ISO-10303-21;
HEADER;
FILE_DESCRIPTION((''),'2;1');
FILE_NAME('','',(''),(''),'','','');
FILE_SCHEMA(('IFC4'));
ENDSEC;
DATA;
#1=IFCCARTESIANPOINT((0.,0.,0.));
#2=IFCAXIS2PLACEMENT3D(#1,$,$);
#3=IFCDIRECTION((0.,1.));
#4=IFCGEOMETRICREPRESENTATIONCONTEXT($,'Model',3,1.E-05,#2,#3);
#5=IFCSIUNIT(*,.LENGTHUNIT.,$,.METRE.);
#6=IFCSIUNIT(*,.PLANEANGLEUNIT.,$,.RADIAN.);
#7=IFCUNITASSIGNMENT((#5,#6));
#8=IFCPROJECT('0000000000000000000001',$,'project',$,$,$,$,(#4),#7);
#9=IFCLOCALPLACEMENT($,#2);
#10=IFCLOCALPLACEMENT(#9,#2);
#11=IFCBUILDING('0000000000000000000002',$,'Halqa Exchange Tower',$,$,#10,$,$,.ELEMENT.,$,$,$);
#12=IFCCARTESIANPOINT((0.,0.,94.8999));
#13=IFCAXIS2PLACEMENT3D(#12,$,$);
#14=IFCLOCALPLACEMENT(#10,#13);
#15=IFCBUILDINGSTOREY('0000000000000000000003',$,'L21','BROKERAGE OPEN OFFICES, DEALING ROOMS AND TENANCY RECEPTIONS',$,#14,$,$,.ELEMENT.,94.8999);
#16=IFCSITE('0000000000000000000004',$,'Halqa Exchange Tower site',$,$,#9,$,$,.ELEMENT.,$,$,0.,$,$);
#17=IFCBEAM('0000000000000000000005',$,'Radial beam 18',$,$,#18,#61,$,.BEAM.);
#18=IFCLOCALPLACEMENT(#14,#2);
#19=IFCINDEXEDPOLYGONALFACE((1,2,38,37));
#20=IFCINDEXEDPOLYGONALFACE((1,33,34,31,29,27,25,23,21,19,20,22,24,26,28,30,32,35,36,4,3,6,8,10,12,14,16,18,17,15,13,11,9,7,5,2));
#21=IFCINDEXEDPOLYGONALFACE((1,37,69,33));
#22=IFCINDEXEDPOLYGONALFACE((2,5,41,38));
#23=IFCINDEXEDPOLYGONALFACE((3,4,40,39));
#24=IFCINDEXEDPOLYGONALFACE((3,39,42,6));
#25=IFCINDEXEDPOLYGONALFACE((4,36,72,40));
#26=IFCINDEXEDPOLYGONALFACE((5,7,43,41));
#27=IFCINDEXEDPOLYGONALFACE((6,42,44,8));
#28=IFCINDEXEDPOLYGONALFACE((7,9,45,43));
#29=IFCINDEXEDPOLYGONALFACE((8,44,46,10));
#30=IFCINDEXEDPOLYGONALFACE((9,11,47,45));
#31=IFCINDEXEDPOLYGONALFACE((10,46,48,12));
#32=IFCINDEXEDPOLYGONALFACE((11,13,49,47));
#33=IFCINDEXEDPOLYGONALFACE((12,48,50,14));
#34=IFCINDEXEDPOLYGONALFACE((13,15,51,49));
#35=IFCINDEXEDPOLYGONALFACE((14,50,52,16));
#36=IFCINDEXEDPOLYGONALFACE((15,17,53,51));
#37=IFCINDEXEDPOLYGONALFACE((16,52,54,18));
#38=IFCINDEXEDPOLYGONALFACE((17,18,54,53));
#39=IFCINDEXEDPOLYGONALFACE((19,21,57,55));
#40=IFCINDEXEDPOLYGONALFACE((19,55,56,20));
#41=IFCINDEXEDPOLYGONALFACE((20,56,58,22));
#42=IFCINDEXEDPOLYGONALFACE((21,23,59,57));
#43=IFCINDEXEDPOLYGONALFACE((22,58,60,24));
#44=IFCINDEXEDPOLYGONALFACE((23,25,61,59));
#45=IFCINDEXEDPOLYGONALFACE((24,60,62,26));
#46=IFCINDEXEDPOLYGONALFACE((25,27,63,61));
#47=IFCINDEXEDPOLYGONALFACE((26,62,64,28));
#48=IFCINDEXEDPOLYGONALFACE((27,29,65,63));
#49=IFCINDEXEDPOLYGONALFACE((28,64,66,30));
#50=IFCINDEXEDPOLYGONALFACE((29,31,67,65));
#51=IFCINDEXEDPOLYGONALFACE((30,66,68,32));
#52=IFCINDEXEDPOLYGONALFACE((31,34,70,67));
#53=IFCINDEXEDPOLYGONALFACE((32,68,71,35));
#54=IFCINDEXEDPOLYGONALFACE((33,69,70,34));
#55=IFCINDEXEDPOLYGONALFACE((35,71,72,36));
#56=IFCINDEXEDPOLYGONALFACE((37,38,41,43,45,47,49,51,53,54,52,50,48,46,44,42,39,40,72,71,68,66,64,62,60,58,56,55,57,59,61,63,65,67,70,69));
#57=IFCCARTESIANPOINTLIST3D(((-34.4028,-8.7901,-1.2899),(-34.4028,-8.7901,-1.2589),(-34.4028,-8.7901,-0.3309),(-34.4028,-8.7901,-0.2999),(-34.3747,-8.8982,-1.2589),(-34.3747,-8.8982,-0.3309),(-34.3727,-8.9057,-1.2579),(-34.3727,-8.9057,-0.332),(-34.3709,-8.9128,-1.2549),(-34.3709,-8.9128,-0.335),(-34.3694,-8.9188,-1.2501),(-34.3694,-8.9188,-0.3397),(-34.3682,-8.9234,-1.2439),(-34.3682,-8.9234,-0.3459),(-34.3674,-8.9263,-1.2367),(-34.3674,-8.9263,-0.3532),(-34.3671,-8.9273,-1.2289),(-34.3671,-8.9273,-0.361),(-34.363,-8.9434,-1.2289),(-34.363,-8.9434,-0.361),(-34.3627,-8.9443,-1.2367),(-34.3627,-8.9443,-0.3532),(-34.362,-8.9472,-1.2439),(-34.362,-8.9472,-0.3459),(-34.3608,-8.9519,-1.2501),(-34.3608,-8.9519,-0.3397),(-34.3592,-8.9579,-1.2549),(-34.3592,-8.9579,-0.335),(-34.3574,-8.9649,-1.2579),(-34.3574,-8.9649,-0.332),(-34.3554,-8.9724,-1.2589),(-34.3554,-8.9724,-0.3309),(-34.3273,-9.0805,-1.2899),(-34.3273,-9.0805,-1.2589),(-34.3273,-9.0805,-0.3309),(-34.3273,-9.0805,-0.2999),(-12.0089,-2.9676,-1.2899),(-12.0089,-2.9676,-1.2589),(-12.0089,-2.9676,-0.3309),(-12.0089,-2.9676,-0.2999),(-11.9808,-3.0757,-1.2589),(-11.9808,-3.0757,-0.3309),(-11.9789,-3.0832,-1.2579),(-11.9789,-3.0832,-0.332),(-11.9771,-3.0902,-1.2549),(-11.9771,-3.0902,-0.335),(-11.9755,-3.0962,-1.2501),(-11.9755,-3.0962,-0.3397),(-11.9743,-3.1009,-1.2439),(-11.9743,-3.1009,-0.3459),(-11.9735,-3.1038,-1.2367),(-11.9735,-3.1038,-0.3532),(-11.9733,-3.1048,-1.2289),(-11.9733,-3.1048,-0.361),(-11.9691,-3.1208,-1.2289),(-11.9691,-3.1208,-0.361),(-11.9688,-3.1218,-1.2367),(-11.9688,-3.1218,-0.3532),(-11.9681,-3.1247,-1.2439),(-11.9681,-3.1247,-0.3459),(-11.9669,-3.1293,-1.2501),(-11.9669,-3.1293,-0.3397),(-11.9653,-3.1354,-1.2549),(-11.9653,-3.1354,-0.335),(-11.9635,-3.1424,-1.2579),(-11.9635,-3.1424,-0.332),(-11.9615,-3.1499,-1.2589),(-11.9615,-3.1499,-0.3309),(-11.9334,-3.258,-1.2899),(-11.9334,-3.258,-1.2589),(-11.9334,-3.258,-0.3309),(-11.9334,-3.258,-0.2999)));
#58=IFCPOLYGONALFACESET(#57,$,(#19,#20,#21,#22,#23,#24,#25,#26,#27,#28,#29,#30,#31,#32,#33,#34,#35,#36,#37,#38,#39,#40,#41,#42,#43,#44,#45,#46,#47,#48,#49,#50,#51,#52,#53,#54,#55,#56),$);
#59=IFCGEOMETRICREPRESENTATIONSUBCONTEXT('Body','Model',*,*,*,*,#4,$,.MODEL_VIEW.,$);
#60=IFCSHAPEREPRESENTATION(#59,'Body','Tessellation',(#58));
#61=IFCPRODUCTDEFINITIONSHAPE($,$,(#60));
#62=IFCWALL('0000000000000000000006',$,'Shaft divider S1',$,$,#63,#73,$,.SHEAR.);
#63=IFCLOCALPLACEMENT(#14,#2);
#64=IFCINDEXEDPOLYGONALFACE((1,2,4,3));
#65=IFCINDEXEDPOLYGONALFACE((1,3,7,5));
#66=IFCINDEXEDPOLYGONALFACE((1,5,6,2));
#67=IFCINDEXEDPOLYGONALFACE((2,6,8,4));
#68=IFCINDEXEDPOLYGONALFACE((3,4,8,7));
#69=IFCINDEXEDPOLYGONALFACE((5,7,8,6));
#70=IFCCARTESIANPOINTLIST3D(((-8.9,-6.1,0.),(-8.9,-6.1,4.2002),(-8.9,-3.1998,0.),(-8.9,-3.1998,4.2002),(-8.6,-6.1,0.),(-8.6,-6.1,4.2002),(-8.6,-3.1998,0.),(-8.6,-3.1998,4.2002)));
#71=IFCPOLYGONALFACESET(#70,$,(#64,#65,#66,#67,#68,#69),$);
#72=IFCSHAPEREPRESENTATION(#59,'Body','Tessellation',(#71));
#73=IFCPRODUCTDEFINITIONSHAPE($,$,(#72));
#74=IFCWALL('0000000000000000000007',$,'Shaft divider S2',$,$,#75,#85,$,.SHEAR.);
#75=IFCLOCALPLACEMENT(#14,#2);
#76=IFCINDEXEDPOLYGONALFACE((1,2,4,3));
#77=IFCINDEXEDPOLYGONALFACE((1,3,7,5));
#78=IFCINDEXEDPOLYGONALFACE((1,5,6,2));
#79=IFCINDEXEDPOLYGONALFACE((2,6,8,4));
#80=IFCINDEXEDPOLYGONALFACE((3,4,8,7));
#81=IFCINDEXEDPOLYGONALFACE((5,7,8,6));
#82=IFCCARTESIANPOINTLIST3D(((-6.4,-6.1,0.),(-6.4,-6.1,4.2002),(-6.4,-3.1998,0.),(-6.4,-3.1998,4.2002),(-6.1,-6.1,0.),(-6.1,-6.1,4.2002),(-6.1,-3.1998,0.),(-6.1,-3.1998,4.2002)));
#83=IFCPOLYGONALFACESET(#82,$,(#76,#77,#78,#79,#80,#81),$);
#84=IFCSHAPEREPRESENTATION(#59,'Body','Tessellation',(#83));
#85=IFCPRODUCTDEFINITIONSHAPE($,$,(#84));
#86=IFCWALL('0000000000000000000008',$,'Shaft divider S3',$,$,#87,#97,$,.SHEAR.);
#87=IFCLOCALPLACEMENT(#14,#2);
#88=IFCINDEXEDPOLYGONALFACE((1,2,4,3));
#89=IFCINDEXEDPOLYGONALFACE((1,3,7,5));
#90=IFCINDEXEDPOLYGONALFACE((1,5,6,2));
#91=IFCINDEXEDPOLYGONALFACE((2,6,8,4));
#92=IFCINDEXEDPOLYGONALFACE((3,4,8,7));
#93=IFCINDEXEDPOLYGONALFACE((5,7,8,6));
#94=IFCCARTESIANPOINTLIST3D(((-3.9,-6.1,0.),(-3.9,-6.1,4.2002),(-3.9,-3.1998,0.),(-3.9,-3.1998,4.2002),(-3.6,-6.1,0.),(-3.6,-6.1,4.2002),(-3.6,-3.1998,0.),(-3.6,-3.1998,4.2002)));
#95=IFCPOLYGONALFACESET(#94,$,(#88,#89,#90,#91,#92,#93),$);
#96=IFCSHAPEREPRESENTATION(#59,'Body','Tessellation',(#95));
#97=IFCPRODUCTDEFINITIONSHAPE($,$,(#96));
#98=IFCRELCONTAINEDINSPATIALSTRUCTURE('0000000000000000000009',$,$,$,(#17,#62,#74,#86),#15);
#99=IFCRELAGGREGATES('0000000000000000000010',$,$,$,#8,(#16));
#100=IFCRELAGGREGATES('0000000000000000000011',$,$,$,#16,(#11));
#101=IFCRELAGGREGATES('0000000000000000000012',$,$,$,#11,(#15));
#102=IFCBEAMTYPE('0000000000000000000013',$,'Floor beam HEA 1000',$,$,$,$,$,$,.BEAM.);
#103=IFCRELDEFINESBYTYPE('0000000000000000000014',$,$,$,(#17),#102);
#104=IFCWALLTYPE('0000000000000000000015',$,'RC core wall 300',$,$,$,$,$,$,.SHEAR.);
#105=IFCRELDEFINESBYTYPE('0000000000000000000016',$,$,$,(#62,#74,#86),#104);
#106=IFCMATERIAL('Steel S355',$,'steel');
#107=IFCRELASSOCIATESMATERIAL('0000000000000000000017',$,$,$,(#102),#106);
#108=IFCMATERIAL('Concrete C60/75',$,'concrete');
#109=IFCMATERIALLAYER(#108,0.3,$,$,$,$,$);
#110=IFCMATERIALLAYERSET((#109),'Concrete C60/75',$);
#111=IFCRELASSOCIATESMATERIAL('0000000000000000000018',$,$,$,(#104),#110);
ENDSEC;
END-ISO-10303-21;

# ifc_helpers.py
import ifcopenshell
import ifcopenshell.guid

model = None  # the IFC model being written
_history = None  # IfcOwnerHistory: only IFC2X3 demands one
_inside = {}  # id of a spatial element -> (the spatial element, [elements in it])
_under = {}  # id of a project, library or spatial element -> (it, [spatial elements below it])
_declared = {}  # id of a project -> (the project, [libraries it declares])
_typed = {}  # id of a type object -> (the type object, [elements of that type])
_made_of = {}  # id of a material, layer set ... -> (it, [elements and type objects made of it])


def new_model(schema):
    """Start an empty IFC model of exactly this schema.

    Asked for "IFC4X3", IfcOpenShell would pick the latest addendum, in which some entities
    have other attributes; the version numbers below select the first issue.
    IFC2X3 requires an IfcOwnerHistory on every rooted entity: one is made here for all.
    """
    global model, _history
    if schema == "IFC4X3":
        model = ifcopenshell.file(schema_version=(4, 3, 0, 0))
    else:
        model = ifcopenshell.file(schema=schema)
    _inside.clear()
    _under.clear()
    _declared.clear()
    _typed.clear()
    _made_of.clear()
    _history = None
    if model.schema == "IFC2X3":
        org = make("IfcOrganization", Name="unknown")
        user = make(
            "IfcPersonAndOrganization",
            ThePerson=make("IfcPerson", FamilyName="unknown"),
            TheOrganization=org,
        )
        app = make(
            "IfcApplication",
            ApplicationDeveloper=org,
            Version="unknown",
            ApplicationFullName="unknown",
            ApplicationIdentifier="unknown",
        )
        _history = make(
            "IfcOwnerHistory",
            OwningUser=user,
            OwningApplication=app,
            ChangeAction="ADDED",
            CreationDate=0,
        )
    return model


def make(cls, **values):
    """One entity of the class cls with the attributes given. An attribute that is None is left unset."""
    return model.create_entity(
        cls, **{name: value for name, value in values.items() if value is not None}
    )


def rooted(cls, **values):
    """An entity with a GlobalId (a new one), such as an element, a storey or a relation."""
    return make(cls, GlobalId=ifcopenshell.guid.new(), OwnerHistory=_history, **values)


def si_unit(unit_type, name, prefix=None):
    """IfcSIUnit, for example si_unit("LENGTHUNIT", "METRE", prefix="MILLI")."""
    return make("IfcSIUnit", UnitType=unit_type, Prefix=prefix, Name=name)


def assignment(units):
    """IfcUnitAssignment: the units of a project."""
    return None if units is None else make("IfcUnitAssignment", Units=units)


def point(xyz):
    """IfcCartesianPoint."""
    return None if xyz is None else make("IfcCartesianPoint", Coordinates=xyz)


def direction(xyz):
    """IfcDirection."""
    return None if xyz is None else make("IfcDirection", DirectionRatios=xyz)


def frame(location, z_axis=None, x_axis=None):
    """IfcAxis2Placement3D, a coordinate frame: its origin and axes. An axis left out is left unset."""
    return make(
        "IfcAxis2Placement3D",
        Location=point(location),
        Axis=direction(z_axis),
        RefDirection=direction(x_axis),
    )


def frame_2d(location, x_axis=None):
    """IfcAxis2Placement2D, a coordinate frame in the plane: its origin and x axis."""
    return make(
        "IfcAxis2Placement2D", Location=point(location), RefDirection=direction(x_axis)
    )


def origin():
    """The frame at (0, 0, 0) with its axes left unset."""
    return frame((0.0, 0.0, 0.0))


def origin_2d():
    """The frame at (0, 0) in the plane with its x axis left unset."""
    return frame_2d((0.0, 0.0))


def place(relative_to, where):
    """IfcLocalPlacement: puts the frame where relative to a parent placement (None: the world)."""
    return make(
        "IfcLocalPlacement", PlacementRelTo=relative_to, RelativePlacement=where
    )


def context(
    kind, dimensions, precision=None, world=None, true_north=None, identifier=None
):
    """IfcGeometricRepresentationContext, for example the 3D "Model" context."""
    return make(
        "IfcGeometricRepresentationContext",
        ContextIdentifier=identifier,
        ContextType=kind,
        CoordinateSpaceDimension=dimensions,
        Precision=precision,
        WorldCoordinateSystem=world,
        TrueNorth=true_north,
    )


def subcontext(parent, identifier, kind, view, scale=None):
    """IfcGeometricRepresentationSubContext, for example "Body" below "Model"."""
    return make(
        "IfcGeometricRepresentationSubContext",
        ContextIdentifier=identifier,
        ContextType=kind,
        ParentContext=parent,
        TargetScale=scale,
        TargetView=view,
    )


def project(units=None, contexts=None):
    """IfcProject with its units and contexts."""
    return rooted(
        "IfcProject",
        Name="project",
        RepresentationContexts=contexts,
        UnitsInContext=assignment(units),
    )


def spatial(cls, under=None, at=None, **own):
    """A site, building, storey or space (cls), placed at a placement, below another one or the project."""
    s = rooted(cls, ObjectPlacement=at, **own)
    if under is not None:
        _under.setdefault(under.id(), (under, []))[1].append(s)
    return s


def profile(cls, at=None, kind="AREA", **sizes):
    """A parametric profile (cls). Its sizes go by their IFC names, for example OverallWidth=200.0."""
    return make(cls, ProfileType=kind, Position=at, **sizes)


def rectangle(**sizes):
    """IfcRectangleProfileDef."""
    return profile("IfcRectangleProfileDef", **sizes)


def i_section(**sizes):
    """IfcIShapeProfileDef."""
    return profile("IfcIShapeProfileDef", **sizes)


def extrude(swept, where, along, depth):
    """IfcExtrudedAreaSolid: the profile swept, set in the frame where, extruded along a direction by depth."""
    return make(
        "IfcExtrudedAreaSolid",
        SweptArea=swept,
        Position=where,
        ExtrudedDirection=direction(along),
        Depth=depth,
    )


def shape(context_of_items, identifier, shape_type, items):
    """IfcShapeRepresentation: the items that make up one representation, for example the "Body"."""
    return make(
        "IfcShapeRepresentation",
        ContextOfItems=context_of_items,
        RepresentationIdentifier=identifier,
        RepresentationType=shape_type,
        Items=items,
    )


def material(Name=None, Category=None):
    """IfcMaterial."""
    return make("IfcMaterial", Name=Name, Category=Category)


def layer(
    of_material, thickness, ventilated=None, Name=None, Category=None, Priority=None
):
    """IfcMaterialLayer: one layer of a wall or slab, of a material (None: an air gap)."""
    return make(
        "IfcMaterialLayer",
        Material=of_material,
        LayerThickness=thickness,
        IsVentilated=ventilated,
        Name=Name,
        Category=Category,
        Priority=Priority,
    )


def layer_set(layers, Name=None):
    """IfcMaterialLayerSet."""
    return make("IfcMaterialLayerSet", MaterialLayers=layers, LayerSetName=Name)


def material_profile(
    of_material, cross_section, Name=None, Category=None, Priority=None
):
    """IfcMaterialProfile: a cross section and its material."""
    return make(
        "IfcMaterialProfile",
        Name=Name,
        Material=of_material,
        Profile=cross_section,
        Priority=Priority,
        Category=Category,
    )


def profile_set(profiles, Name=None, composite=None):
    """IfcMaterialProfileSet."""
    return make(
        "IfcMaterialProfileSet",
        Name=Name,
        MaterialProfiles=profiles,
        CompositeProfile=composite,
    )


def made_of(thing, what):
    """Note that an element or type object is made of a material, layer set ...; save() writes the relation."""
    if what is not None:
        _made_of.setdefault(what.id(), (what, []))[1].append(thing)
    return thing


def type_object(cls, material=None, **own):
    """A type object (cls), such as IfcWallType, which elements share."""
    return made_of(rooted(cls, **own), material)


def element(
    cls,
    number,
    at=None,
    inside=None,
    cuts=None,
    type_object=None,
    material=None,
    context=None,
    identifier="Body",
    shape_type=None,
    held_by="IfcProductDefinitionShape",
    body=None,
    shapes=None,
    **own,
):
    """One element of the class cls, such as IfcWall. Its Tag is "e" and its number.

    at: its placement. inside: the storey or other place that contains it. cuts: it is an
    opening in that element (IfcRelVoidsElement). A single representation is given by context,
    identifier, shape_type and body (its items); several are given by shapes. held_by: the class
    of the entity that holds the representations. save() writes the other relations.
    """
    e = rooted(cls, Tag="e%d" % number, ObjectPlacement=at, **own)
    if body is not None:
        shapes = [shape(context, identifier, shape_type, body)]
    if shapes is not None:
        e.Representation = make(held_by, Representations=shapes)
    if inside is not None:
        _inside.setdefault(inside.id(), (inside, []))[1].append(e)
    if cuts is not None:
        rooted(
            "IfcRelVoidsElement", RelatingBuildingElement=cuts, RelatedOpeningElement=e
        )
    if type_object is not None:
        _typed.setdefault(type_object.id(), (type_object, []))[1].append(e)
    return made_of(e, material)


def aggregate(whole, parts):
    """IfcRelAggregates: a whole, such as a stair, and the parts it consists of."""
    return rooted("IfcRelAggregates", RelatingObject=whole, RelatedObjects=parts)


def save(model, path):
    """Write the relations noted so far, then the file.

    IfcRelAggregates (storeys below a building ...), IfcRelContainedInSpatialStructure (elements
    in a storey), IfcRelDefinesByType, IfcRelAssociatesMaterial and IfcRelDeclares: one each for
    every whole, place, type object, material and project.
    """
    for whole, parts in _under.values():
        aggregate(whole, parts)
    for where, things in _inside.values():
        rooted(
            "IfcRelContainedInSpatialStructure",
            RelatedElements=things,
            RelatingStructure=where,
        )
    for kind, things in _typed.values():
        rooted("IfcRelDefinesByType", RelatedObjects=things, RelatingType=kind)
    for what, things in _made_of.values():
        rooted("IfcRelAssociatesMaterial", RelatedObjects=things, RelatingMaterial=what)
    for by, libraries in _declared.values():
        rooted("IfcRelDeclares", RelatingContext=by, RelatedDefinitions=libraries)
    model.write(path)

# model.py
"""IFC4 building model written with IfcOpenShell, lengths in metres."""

from ifc_helpers import new_model, si_unit, direction, frame, frame_2d, origin, origin_2d, place, context, subcontext, project, spatial, rectangle, i_section, extrude, material, layer, layer_set, material_profile, profile_set, type_object, element, save


model = new_model("IFC4")

# Units and contexts
model_context = context("Model", 3, precision=1e-05, world=origin(), true_north=direction((0.0, 1.0)))
body_context = subcontext(model_context, "Body", "Model", "MODEL_VIEW")
ifc_project = project(units=[si_unit("LENGTHUNIT", "METRE"), si_unit("PLANEANGLEUNIT", "RADIAN")], contexts=[model_context])

# Site, building, storey
site_placement = place(None, origin())
site = spatial("IfcSite", under=ifc_project, at=site_placement, Name="Halqa Exchange Tower site", CompositionType="ELEMENT", RefElevation=0.0)
building_placement = place(site_placement, origin())
building = spatial("IfcBuilding", under=site, at=building_placement, Name="Halqa Exchange Tower", CompositionType="ELEMENT")
storey_placement = place(building_placement, frame((0.0, 0.0, 94.8999)))
storey = spatial("IfcBuildingStorey", under=building, at=storey_placement, Name="L21", Description="BROKERAGE OPEN OFFICES, DEALING ROOMS AND TENANCY RECEPTIONS", CompositionType="ELEMENT", Elevation=94.8999)

# Beam
ifc_material_1 = material(Name="Steel S355", Category="steel")
ifc_material_profile = material_profile(ifc_material_1, i_section(OverallWidth=0.3, OverallDepth=0.99, WebThickness=0.0166, FlangeThickness=0.031, FilletRadius=0.03, at=origin_2d()), Name="HEA 1000")
ifc_profile_set = profile_set([ifc_material_profile], Name="Steel S355")
beam_type = type_object("IfcBeamType", Name="Floor beam HEA 1000", PredefinedType="BEAM", material=ifc_profile_set)
beam_placement = place(storey_placement, frame((-11.9712, -3.1128, -0.7949), z_axis=(-0.967821, -0.251639, 0.0), x_axis=(0.251639, -0.967821, 0.0)))
element("IfcBeam", 1, at=beam_placement, inside=storey, type_object=beam_type, Name="Radial beam 18", PredefinedType="BEAM", context=body_context, shape_type="SweptSolid", body=[
    extrude(i_section(OverallWidth=0.3, OverallDepth=0.99, WebThickness=0.0166, FlangeThickness=0.031, FilletRadius=0.03, at=origin_2d()), origin(), (0.0, 0.0, 1.0), 23.1384),
])

# Walls
ifc_material_2 = material(Name="Concrete C60/75", Category="concrete")
ifc_layer_1 = layer(ifc_material_2, 0.3)
ifc_layer_set_1 = layer_set([ifc_layer_1], Name="Concrete C60/75")
wall_type_1 = type_object("IfcWallType", Name="RC core wall 300", PredefinedType="SHEAR", material=ifc_layer_set_1)
for number, where, z_axis, x_axis, name in (
    (2, (-8.75, -6.1001, 0.0), (0.0, 0.0, 1.0), (0.0, 1.0, 0.0), "Shaft divider S1"),
    (3, (-6.25, -6.1001, 0.0), (0.0, 0.0, 1.0), (0.0, 1.0, 0.0), "Shaft divider S2"),
    (4, (-3.75, -6.1001, 0.0), (0.0, 0.0, 1.0), (0.0, 1.0, 0.0), "Shaft divider S3"),
):
    element("IfcWall", number, at=place(storey_placement, frame(where, z_axis=z_axis, x_axis=x_axis)), inside=storey, type_object=wall_type_1, Name=name, PredefinedType="SHEAR", context=body_context, shape_type="SweptSolid", body=[
        extrude(rectangle(XDim=2.9001, YDim=0.3, at=frame_2d((1.4502, 0.0))), origin(), (0.0, 0.0, 1.0), 4.2002),
    ])

save(model, "model.ifc")
